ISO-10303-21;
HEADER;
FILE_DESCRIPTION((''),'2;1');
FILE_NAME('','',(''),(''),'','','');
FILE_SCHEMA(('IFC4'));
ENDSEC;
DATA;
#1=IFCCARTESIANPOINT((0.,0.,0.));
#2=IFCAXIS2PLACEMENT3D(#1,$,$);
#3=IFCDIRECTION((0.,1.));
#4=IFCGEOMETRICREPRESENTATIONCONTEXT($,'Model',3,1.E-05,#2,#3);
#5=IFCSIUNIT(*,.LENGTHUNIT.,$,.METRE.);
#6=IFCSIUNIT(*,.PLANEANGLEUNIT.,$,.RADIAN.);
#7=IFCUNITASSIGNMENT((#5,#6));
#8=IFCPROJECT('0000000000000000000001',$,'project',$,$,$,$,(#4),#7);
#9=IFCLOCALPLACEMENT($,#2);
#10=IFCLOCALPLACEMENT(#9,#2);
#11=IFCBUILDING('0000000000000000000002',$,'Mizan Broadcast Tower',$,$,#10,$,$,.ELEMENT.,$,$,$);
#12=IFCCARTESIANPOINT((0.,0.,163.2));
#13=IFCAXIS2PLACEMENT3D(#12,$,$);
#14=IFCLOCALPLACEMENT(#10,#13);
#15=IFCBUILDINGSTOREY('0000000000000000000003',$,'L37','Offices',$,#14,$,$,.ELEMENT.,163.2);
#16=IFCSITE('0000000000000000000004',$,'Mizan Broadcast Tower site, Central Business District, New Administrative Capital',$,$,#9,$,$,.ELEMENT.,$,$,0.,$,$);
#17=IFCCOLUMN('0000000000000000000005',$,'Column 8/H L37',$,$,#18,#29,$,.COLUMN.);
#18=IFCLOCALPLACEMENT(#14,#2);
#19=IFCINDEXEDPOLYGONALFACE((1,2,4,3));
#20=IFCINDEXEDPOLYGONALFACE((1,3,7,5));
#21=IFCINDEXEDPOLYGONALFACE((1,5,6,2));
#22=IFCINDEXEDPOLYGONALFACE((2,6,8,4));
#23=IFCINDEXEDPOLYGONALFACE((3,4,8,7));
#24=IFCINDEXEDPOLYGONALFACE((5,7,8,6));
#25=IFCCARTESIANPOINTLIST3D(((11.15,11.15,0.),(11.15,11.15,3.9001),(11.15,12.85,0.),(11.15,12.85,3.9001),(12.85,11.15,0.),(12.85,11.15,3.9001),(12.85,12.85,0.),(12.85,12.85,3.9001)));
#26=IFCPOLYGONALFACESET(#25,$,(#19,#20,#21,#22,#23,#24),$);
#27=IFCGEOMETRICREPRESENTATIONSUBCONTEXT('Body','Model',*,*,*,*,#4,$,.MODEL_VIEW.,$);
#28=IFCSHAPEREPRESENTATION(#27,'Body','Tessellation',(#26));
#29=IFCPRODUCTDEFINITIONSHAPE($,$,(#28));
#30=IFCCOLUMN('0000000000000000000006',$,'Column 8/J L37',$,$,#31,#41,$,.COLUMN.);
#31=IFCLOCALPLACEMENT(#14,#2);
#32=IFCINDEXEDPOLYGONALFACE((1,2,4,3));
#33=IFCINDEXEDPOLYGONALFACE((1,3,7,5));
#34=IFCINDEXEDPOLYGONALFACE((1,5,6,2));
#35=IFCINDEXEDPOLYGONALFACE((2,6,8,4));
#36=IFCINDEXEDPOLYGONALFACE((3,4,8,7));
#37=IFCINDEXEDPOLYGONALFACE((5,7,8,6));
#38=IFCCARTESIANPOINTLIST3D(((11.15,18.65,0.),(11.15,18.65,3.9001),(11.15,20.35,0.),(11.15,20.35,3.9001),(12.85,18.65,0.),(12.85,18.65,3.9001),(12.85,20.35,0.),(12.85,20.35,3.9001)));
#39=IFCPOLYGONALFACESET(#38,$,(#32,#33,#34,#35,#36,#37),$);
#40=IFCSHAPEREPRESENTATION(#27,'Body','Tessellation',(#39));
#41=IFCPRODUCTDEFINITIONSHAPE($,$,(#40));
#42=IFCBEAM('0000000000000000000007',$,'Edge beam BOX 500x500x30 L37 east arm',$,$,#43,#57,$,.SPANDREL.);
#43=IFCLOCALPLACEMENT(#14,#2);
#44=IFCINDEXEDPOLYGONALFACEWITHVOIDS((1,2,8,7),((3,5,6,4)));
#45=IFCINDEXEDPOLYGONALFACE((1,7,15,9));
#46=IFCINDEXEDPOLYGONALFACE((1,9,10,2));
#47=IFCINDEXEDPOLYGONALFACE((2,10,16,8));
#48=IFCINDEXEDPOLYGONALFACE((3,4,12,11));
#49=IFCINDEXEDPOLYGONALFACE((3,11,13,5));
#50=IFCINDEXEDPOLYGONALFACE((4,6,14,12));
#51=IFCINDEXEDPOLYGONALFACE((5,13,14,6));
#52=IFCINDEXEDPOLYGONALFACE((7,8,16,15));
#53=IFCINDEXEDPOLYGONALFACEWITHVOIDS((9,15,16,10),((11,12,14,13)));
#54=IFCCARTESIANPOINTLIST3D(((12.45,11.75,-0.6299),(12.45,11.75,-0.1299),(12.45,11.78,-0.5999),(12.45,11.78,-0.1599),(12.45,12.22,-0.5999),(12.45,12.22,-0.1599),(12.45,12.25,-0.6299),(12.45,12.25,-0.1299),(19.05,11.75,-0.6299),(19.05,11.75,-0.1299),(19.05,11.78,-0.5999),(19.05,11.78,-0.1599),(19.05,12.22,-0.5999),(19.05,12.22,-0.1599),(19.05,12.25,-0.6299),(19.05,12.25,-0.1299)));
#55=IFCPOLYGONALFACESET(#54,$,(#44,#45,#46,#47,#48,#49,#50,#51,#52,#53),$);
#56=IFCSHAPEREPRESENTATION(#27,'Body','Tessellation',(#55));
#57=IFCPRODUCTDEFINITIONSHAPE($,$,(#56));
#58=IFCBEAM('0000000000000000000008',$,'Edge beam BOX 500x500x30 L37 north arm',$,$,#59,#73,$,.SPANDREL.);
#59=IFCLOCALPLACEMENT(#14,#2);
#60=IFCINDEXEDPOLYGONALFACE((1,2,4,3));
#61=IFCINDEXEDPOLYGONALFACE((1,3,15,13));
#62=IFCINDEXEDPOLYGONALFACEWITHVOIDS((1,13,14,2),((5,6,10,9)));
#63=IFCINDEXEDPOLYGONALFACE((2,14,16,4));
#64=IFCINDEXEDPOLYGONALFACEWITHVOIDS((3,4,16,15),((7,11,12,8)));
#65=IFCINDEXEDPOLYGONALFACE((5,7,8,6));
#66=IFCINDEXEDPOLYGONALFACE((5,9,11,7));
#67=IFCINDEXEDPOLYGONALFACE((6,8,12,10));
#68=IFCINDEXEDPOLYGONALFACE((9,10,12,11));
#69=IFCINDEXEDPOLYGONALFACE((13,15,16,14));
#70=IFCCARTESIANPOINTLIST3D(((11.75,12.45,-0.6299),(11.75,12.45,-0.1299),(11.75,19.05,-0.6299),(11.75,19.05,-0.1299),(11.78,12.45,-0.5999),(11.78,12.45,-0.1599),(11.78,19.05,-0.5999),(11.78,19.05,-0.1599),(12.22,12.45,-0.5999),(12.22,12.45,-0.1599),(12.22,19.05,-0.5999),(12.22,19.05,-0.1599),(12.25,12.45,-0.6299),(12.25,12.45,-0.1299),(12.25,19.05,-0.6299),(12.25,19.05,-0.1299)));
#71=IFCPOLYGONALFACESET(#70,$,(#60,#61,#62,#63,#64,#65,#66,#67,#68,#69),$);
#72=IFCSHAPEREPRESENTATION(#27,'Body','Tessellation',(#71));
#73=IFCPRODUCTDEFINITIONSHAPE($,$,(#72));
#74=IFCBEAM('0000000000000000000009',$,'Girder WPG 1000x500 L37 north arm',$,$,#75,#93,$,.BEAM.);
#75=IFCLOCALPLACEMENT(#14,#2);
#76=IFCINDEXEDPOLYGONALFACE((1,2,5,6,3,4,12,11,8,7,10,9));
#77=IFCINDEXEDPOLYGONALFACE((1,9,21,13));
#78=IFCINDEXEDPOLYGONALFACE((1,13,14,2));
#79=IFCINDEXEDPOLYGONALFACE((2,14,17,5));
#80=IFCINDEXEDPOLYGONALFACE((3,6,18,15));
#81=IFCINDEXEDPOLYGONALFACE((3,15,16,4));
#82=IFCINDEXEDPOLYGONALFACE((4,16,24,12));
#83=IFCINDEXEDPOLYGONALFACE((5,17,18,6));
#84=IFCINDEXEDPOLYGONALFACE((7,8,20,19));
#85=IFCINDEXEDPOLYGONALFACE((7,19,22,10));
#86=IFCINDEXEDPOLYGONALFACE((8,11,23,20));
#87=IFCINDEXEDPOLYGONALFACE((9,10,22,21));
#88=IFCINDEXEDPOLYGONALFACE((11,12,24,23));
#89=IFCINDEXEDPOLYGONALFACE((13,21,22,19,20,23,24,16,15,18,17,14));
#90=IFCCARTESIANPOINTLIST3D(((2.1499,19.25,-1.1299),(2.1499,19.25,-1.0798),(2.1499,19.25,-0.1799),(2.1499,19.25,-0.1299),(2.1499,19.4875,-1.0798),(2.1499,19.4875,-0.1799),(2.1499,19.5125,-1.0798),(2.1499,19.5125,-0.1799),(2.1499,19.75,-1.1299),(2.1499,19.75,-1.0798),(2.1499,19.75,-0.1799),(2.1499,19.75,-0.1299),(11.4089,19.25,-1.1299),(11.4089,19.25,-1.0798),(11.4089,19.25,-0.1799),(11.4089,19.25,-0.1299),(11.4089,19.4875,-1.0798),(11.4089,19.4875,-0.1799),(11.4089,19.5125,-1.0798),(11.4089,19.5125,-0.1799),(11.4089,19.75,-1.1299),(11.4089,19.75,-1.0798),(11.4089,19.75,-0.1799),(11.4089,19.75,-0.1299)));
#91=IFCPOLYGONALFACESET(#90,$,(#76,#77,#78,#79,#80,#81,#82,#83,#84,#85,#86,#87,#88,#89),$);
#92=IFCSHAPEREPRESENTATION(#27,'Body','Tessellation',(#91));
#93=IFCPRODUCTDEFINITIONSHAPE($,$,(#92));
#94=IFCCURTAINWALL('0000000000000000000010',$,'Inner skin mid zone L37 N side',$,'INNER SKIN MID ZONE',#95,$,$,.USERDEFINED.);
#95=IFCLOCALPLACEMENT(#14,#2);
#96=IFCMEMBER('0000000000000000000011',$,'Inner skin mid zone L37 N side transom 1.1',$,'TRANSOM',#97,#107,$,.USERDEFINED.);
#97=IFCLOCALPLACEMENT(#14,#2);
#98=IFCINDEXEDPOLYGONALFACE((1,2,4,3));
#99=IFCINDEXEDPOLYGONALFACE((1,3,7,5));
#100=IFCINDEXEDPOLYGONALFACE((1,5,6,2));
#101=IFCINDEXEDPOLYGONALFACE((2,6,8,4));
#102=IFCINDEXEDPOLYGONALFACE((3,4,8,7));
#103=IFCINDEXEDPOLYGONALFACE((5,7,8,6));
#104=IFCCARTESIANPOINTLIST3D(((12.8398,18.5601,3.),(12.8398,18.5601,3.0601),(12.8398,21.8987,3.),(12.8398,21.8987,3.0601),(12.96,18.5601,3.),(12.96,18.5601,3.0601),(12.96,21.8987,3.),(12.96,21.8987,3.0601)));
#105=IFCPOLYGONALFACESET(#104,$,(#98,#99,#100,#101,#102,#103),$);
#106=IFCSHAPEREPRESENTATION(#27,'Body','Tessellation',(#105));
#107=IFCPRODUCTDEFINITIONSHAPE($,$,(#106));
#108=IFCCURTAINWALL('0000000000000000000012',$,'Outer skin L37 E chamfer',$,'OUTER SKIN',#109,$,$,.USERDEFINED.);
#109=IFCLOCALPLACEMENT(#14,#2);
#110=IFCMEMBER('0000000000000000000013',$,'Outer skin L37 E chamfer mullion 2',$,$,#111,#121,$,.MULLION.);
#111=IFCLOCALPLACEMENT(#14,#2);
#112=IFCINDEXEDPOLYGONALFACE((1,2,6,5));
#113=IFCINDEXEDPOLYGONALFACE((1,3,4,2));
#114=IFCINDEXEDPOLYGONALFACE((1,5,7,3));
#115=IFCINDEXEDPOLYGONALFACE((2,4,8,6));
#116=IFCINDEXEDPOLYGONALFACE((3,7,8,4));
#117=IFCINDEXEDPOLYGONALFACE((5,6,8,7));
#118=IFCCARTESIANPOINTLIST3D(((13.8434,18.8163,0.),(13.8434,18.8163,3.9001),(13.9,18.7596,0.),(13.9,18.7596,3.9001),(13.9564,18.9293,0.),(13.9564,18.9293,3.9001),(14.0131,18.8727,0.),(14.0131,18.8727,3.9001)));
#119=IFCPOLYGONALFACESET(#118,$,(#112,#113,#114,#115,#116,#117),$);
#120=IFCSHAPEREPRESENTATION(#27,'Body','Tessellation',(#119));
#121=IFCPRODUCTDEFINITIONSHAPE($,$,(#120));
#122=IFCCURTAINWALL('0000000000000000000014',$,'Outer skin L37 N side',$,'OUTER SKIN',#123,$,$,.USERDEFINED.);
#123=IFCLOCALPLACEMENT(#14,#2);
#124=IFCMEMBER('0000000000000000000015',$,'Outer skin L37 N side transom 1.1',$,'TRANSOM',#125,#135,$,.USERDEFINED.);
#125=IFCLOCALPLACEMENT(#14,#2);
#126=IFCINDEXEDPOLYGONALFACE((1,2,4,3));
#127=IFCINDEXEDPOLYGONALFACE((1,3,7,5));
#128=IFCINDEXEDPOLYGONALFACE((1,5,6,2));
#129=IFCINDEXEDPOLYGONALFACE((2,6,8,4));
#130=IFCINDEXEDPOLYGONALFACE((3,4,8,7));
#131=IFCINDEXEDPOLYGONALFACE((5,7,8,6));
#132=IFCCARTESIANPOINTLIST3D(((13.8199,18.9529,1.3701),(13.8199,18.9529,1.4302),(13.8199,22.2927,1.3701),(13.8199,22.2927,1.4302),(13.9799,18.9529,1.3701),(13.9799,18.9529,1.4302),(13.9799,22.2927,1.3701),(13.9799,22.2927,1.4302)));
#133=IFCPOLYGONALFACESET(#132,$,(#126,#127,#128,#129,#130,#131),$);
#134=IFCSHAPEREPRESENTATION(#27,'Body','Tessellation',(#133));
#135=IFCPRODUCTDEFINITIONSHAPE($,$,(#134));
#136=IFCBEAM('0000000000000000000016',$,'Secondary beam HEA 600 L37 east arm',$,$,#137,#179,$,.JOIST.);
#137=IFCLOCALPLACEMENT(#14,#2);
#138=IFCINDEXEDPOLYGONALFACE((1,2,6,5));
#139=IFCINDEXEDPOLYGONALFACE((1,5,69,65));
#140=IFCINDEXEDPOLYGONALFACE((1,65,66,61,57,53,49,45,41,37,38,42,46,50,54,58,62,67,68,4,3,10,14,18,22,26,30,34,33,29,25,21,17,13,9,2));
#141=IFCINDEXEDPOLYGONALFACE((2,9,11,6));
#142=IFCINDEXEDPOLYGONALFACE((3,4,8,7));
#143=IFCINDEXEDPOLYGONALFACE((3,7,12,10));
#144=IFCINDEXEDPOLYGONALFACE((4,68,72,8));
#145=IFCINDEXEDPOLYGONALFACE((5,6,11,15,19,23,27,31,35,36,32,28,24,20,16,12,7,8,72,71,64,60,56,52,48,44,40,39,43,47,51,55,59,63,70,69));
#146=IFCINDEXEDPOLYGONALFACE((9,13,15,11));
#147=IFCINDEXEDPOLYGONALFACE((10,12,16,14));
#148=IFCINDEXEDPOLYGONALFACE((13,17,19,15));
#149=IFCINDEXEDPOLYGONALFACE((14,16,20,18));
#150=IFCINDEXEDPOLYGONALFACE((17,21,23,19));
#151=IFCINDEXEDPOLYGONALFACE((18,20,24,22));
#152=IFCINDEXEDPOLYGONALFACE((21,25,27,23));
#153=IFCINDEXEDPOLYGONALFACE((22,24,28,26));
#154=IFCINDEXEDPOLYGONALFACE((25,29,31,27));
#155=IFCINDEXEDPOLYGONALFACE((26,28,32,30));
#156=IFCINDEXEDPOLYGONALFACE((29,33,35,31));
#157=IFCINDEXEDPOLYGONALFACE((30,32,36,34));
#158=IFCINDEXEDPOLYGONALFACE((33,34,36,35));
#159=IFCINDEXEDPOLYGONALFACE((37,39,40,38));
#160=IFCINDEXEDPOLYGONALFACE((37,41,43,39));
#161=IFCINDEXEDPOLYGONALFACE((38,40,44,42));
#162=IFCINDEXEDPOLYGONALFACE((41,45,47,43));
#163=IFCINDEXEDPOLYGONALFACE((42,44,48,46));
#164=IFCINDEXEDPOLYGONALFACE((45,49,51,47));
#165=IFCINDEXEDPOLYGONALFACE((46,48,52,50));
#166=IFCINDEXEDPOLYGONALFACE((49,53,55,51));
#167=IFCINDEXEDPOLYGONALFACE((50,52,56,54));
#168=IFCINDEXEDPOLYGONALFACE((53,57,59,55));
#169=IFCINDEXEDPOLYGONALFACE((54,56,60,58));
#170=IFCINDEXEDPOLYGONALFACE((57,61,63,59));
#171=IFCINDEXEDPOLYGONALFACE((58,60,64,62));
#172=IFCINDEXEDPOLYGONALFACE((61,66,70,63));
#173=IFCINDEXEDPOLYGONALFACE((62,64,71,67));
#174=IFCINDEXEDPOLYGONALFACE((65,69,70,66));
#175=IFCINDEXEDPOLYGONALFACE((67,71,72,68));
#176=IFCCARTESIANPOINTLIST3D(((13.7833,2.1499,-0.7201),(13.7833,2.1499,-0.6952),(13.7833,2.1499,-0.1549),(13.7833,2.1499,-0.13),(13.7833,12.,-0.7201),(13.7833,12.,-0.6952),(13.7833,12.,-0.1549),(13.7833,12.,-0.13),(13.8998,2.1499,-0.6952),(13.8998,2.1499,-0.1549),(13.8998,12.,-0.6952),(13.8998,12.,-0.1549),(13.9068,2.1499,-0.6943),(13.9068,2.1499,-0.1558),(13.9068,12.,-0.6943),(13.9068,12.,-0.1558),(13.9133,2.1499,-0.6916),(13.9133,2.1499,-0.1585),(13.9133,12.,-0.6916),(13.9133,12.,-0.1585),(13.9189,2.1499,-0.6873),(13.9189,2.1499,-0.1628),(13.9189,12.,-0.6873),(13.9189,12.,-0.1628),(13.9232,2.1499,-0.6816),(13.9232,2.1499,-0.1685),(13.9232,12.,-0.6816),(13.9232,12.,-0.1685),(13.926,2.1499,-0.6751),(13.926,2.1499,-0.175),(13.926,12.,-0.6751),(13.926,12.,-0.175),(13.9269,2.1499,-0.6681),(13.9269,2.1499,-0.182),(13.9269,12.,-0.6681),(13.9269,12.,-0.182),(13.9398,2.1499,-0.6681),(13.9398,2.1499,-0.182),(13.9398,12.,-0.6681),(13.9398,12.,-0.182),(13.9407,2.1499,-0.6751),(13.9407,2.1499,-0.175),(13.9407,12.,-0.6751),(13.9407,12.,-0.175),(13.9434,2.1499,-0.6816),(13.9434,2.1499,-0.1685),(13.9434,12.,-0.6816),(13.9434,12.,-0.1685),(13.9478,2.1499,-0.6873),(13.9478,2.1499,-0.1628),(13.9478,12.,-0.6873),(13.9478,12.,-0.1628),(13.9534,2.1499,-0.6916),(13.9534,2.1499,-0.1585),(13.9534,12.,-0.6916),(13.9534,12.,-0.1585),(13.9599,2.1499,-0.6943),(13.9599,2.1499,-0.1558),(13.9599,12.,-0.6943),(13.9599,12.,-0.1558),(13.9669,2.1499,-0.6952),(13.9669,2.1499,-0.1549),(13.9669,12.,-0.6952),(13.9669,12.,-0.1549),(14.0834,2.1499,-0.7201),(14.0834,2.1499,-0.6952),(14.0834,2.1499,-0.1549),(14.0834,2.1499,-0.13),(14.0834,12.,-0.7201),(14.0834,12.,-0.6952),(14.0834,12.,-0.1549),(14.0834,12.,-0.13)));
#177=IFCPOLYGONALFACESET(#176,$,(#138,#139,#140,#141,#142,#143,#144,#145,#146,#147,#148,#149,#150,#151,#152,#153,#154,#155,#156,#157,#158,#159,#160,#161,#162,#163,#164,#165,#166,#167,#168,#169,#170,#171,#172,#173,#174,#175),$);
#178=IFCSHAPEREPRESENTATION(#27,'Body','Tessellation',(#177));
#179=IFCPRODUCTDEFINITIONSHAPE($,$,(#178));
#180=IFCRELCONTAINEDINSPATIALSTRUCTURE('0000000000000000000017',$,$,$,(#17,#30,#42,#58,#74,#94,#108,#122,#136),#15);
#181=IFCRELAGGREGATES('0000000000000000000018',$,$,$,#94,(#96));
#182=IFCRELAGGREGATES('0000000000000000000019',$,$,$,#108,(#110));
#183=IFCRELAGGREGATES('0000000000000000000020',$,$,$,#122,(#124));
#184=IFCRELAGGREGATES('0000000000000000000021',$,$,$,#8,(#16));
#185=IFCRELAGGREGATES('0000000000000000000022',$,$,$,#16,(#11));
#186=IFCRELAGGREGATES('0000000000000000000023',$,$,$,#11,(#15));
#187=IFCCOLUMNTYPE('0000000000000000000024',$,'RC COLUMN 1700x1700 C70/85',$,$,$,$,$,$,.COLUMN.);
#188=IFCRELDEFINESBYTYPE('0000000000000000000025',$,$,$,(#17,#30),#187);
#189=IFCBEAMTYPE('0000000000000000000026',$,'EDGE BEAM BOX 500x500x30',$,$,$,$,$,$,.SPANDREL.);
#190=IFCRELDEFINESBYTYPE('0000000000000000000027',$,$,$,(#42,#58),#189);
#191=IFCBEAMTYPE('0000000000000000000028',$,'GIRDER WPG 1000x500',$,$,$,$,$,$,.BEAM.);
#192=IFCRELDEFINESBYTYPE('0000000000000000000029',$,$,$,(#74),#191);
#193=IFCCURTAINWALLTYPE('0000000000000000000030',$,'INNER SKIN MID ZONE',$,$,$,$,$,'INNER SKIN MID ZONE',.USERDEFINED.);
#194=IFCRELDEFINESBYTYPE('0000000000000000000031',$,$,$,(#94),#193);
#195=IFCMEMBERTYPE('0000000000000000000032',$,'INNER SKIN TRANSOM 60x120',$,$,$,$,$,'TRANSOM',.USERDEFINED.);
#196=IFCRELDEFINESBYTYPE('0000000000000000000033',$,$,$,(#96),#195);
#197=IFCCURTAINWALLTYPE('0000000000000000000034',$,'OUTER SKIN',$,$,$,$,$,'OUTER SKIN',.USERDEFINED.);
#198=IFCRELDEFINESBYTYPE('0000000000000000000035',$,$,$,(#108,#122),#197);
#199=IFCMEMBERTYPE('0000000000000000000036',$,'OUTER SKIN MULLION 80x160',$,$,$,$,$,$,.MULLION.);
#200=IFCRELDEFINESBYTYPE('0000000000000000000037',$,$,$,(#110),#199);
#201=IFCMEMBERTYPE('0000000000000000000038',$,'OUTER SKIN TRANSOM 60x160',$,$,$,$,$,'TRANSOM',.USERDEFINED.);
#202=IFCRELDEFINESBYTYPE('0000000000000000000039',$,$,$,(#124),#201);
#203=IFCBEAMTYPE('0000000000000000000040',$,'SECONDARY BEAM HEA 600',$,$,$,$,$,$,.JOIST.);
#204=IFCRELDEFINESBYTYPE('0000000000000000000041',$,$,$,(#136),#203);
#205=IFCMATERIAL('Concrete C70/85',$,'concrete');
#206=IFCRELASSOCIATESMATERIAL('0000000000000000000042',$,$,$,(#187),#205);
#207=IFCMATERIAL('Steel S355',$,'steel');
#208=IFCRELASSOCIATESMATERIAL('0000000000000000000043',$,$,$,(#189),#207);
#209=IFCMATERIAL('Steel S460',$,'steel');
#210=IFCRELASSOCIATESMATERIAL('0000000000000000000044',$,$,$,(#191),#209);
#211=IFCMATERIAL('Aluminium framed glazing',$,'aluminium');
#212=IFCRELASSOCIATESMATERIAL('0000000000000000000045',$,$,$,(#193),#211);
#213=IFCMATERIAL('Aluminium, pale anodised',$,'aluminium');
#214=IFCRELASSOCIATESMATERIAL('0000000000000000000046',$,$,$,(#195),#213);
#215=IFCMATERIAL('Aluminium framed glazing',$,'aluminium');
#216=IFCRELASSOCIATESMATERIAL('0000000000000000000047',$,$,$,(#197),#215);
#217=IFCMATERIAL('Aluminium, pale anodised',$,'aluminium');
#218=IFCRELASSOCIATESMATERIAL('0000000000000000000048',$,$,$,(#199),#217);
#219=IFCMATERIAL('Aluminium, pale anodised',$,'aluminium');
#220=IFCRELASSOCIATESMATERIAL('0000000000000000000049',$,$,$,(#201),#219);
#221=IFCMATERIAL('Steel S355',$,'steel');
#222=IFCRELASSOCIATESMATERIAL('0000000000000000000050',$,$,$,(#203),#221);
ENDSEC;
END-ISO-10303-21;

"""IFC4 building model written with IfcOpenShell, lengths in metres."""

from ifc_helpers import new_model, si_unit, direction, frame, origin, origin_2d, place, context, subcontext, project, spatial, rectangle, hollow_rectangle, i_section, extrude, material, material_profile, profile_set, type_object, element, aggregate, save


model = new_model("IFC4")

# Units and contexts
model_context = context("Model", 3, precision=1e-05, world=origin(), true_north=direction((0.0, 1.0)))
body_context = subcontext(model_context, "Body", "Model", "MODEL_VIEW")
ifc_project = project(units=[si_unit("LENGTHUNIT", "METRE"), si_unit("PLANEANGLEUNIT", "RADIAN")], contexts=[model_context])

# Site, building, storey
site_placement = place(None, origin())
site = spatial("IfcSite", under=ifc_project, at=site_placement, Name="Mizan Broadcast Tower site, Central Business District, New Administrative Capital", CompositionType="ELEMENT", RefElevation=0.0)
building_placement = place(site_placement, origin())
building = spatial("IfcBuilding", under=site, at=building_placement, Name="Mizan Broadcast Tower", CompositionType="ELEMENT")
storey_placement = place(building_placement, frame((0.0, 0.0, 163.2)))
storey = spatial("IfcBuildingStorey", under=building, at=storey_placement, Name="L37", Description="Offices", CompositionType="ELEMENT", Elevation=163.2)

# Columns
ifc_material_1 = material(Name="Concrete C70/85", Category="concrete")
ifc_material_profile_1 = material_profile(ifc_material_1, rectangle(XDim=1.7, YDim=1.7, at=origin_2d()), Name="RC 1700x1700")
ifc_profile_set_1 = profile_set([ifc_material_profile_1], Name="Concrete C70/85")
column_type = type_object("IfcColumnType", Name="RC COLUMN 1700x1700 C70/85", PredefinedType="COLUMN", material=ifc_profile_set_1)
for number, where, z_axis, x_axis, name in (
    (1, (12.0, 12.0, 0.0), (0.0, 0.0, 1.0), (1.0, 0.0, 0.0), "Column 8/H L37"),
    (2, (12.0, 19.5, 0.0), (0.0, 0.0, 1.0), (1.0, 0.0, 0.0), "Column 8/J L37"),
):
    element("IfcColumn", number, at=place(storey_placement, frame(where, z_axis=z_axis, x_axis=x_axis)), inside=storey, type_object=column_type, Name=name, PredefinedType="COLUMN", context=body_context, shape_type="SweptSolid", body=[
        extrude(rectangle(XDim=1.7, YDim=1.7, at=origin_2d()), origin(), (0.0, 0.0, 1.0), 3.9001),
    ])

# Beams
ifc_material_2 = material(Name="Steel S355", Category="steel")
ifc_material_profile_2 = material_profile(ifc_material_2, hollow_rectangle(XDim=0.5, YDim=0.5, WallThickness=0.03, at=origin_2d()), Name="BOX 500x500x30")
ifc_profile_set_2 = profile_set([ifc_material_profile_2], Name="Steel S355")
beam_type_1 = type_object("IfcBeamType", Name="EDGE BEAM BOX 500x500x30", PredefinedType="SPANDREL", material=ifc_profile_set_2)
for number, where, z_axis, x_axis, name in (
    (3, (12.45, 12.0, -0.3799), (1.0, 0.0, 0.0), (0.0, 1.0, 0.0), "Edge beam BOX 500x500x30 L37 east arm"),
    (4, (12.0, 12.45, -0.3799), (0.0, 1.0, 0.0), (-1.0, 0.0, 0.0), "Edge beam BOX 500x500x30 L37 north arm"),
):
    element("IfcBeam", number, at=place(storey_placement, frame(where, z_axis=z_axis, x_axis=x_axis)), inside=storey, type_object=beam_type_1, Name=name, PredefinedType="SPANDREL", context=body_context, shape_type="SweptSolid", body=[
        extrude(hollow_rectangle(XDim=0.5, YDim=0.5, WallThickness=0.03, at=origin_2d()), origin(), (0.0, 0.0, 1.0), 6.6001),
    ])
ifc_material_3 = material(Name="Steel S460", Category="steel")
ifc_material_profile_3 = material_profile(ifc_material_3, i_section(OverallWidth=0.5, OverallDepth=1.0, WebThickness=0.0249, FlangeThickness=0.05, at=origin_2d()), Name="WPG 1000x500")
ifc_profile_set_3 = profile_set([ifc_material_profile_3], Name="Steel S460")
beam_type_2 = type_object("IfcBeamType", Name="GIRDER WPG 1000x500", PredefinedType="BEAM", material=ifc_profile_set_3)
beam_1_placement = place(storey_placement, frame((11.4089, 19.5, -0.6299), z_axis=(-1.0, 0.0, 0.0), x_axis=(0.0, -1.0, 0.0)))
element("IfcBeam", 5, at=beam_1_placement, inside=storey, type_object=beam_type_2, Name="Girder WPG 1000x500 L37 north arm", PredefinedType="BEAM", context=body_context, shape_type="SweptSolid", body=[
    extrude(i_section(OverallWidth=0.5, OverallDepth=1.0, WebThickness=0.0249, FlangeThickness=0.05, at=origin_2d()), origin(), (0.0, 0.0, 1.0), 9.259),
])

# Curtain walls, members
ifc_material_4 = material(Name="Aluminium framed glazing", Category="aluminium")
curtain_wall_type_1 = type_object("IfcCurtainWallType", Name="INNER SKIN MID ZONE", ElementType="INNER SKIN MID ZONE", PredefinedType="USERDEFINED", material=ifc_material_4)
curtain_wall_1_placement = place(storey_placement, origin())
curtain_wall_1 = element("IfcCurtainWall", 6, at=curtain_wall_1_placement, inside=storey, type_object=curtain_wall_type_1, Name="Inner skin mid zone L37 N side", ObjectType="INNER SKIN MID ZONE", PredefinedType="USERDEFINED")
ifc_material_5 = material(Name="Aluminium, pale anodised", Category="aluminium")
ifc_material_profile_4 = material_profile(ifc_material_5, rectangle(XDim=0.1201, YDim=0.0601, at=origin_2d()), Name="TRANSOM 120x60")
ifc_profile_set_4 = profile_set([ifc_material_profile_4], Name="Aluminium, pale anodised")
member_type_1 = type_object("IfcMemberType", Name="INNER SKIN TRANSOM 60x120", ElementType="TRANSOM", PredefinedType="USERDEFINED", material=ifc_profile_set_4)
member_1_placement = place(storey_placement, frame((12.8999, 18.5601, 3.03), z_axis=(0.0, 1.0, 0.0), x_axis=(-1.0, 0.0, 0.0)))
member_1 = element("IfcMember", 7, at=member_1_placement, type_object=member_type_1, Name="Inner skin mid zone L37 N side transom 1.1", ObjectType="TRANSOM", PredefinedType="USERDEFINED", context=body_context, shape_type="SweptSolid", body=[
    extrude(rectangle(XDim=0.1201, YDim=0.0601, at=origin_2d()), origin(), (0.0, 0.0, 1.0), 3.3386),
])
aggregate(curtain_wall_1, [member_1])
ifc_material_6 = material(Name="Aluminium framed glazing", Category="aluminium")
curtain_wall_type_2 = type_object("IfcCurtainWallType", Name="OUTER SKIN", ElementType="OUTER SKIN", PredefinedType="USERDEFINED", material=ifc_material_6)
curtain_wall_2_placement = place(storey_placement, origin())
curtain_wall_2 = element("IfcCurtainWall", 8, at=curtain_wall_2_placement, inside=storey, type_object=curtain_wall_type_2, Name="Outer skin L37 E chamfer", ObjectType="OUTER SKIN", PredefinedType="USERDEFINED")
ifc_material_7 = material(Name="Aluminium, pale anodised", Category="aluminium")
ifc_material_profile_5 = material_profile(ifc_material_7, rectangle(XDim=0.1599, YDim=0.0801, at=origin_2d()), Name="MULLION 160x80")
ifc_profile_set_5 = profile_set([ifc_material_profile_5], Name="Aluminium, pale anodised")
member_type_2 = type_object("IfcMemberType", Name="OUTER SKIN MULLION 80x160", PredefinedType="MULLION", material=ifc_profile_set_5)
member_2_placement = place(storey_placement, frame((13.9282, 18.8445, 0.0), z_axis=(0.0, 0.0, 1.0), x_axis=(-0.707107, -0.707107, 0.0)))
member_2 = element("IfcMember", 9, at=member_2_placement, type_object=member_type_2, Name="Outer skin L37 E chamfer mullion 2", PredefinedType="MULLION", context=body_context, shape_type="SweptSolid", body=[
    extrude(rectangle(XDim=0.1599, YDim=0.0801, at=origin_2d()), origin(), (0.0, 0.0, 1.0), 3.9001),
])
aggregate(curtain_wall_2, [member_2])
curtain_wall_3_placement = place(storey_placement, origin())
curtain_wall_3 = element("IfcCurtainWall", 10, at=curtain_wall_3_placement, inside=storey, type_object=curtain_wall_type_2, Name="Outer skin L37 N side", ObjectType="OUTER SKIN", PredefinedType="USERDEFINED")
ifc_material_8 = material(Name="Aluminium, pale anodised", Category="aluminium")
ifc_material_profile_6 = material_profile(ifc_material_8, rectangle(XDim=0.1599, YDim=0.0601, at=origin_2d()), Name="TRANSOM 160x60")
ifc_profile_set_6 = profile_set([ifc_material_profile_6], Name="Aluminium, pale anodised")
member_type_3 = type_object("IfcMemberType", Name="OUTER SKIN TRANSOM 60x160", ElementType="TRANSOM", PredefinedType="USERDEFINED", material=ifc_profile_set_6)
member_3_placement = place(storey_placement, frame((13.8999, 18.9529, 1.4001), z_axis=(0.0, 1.0, 0.0), x_axis=(-1.0, 0.0, 0.0)))
member_3 = element("IfcMember", 11, at=member_3_placement, type_object=member_type_3, Name="Outer skin L37 N side transom 1.1", ObjectType="TRANSOM", PredefinedType="USERDEFINED", context=body_context, shape_type="SweptSolid", body=[
    extrude(rectangle(XDim=0.1599, YDim=0.0601, at=origin_2d()), origin(), (0.0, 0.0, 1.0), 3.3398),
])
aggregate(curtain_wall_3, [member_3])

# Beam
ifc_material_9 = material(Name="Steel S355", Category="steel")
ifc_material_profile_7 = material_profile(ifc_material_9, i_section(OverallWidth=0.3, OverallDepth=0.5901, WebThickness=0.0129, FlangeThickness=0.0249, FilletRadius=0.0271, at=origin_2d()), Name="HEA 600")
ifc_profile_set_7 = profile_set([ifc_material_profile_7], Name="Steel S355")
beam_type_3 = type_object("IfcBeamType", Name="SECONDARY BEAM HEA 600", PredefinedType="JOIST", material=ifc_profile_set_7)
for number, where, z_axis, x_axis, name in (
    (12, (13.9333, 12.0, -0.425), (0.0, -1.0, 0.0), (1.0, 0.0, 0.0), "Secondary beam HEA 600 L37 east arm"),
):
    element("IfcBeam", number, at=place(storey_placement, frame(where, z_axis=z_axis, x_axis=x_axis)), inside=storey, type_object=beam_type_3, Name=name, PredefinedType="JOIST", context=body_context, shape_type="SweptSolid", body=[
        extrude(i_section(OverallWidth=0.3, OverallDepth=0.5901, WebThickness=0.0129, FlangeThickness=0.0249, FilletRadius=0.0271, at=origin_2d()), origin(), (0.0, 0.0, 1.0), 9.8501),
    ])

save(model, "model.ifc")
